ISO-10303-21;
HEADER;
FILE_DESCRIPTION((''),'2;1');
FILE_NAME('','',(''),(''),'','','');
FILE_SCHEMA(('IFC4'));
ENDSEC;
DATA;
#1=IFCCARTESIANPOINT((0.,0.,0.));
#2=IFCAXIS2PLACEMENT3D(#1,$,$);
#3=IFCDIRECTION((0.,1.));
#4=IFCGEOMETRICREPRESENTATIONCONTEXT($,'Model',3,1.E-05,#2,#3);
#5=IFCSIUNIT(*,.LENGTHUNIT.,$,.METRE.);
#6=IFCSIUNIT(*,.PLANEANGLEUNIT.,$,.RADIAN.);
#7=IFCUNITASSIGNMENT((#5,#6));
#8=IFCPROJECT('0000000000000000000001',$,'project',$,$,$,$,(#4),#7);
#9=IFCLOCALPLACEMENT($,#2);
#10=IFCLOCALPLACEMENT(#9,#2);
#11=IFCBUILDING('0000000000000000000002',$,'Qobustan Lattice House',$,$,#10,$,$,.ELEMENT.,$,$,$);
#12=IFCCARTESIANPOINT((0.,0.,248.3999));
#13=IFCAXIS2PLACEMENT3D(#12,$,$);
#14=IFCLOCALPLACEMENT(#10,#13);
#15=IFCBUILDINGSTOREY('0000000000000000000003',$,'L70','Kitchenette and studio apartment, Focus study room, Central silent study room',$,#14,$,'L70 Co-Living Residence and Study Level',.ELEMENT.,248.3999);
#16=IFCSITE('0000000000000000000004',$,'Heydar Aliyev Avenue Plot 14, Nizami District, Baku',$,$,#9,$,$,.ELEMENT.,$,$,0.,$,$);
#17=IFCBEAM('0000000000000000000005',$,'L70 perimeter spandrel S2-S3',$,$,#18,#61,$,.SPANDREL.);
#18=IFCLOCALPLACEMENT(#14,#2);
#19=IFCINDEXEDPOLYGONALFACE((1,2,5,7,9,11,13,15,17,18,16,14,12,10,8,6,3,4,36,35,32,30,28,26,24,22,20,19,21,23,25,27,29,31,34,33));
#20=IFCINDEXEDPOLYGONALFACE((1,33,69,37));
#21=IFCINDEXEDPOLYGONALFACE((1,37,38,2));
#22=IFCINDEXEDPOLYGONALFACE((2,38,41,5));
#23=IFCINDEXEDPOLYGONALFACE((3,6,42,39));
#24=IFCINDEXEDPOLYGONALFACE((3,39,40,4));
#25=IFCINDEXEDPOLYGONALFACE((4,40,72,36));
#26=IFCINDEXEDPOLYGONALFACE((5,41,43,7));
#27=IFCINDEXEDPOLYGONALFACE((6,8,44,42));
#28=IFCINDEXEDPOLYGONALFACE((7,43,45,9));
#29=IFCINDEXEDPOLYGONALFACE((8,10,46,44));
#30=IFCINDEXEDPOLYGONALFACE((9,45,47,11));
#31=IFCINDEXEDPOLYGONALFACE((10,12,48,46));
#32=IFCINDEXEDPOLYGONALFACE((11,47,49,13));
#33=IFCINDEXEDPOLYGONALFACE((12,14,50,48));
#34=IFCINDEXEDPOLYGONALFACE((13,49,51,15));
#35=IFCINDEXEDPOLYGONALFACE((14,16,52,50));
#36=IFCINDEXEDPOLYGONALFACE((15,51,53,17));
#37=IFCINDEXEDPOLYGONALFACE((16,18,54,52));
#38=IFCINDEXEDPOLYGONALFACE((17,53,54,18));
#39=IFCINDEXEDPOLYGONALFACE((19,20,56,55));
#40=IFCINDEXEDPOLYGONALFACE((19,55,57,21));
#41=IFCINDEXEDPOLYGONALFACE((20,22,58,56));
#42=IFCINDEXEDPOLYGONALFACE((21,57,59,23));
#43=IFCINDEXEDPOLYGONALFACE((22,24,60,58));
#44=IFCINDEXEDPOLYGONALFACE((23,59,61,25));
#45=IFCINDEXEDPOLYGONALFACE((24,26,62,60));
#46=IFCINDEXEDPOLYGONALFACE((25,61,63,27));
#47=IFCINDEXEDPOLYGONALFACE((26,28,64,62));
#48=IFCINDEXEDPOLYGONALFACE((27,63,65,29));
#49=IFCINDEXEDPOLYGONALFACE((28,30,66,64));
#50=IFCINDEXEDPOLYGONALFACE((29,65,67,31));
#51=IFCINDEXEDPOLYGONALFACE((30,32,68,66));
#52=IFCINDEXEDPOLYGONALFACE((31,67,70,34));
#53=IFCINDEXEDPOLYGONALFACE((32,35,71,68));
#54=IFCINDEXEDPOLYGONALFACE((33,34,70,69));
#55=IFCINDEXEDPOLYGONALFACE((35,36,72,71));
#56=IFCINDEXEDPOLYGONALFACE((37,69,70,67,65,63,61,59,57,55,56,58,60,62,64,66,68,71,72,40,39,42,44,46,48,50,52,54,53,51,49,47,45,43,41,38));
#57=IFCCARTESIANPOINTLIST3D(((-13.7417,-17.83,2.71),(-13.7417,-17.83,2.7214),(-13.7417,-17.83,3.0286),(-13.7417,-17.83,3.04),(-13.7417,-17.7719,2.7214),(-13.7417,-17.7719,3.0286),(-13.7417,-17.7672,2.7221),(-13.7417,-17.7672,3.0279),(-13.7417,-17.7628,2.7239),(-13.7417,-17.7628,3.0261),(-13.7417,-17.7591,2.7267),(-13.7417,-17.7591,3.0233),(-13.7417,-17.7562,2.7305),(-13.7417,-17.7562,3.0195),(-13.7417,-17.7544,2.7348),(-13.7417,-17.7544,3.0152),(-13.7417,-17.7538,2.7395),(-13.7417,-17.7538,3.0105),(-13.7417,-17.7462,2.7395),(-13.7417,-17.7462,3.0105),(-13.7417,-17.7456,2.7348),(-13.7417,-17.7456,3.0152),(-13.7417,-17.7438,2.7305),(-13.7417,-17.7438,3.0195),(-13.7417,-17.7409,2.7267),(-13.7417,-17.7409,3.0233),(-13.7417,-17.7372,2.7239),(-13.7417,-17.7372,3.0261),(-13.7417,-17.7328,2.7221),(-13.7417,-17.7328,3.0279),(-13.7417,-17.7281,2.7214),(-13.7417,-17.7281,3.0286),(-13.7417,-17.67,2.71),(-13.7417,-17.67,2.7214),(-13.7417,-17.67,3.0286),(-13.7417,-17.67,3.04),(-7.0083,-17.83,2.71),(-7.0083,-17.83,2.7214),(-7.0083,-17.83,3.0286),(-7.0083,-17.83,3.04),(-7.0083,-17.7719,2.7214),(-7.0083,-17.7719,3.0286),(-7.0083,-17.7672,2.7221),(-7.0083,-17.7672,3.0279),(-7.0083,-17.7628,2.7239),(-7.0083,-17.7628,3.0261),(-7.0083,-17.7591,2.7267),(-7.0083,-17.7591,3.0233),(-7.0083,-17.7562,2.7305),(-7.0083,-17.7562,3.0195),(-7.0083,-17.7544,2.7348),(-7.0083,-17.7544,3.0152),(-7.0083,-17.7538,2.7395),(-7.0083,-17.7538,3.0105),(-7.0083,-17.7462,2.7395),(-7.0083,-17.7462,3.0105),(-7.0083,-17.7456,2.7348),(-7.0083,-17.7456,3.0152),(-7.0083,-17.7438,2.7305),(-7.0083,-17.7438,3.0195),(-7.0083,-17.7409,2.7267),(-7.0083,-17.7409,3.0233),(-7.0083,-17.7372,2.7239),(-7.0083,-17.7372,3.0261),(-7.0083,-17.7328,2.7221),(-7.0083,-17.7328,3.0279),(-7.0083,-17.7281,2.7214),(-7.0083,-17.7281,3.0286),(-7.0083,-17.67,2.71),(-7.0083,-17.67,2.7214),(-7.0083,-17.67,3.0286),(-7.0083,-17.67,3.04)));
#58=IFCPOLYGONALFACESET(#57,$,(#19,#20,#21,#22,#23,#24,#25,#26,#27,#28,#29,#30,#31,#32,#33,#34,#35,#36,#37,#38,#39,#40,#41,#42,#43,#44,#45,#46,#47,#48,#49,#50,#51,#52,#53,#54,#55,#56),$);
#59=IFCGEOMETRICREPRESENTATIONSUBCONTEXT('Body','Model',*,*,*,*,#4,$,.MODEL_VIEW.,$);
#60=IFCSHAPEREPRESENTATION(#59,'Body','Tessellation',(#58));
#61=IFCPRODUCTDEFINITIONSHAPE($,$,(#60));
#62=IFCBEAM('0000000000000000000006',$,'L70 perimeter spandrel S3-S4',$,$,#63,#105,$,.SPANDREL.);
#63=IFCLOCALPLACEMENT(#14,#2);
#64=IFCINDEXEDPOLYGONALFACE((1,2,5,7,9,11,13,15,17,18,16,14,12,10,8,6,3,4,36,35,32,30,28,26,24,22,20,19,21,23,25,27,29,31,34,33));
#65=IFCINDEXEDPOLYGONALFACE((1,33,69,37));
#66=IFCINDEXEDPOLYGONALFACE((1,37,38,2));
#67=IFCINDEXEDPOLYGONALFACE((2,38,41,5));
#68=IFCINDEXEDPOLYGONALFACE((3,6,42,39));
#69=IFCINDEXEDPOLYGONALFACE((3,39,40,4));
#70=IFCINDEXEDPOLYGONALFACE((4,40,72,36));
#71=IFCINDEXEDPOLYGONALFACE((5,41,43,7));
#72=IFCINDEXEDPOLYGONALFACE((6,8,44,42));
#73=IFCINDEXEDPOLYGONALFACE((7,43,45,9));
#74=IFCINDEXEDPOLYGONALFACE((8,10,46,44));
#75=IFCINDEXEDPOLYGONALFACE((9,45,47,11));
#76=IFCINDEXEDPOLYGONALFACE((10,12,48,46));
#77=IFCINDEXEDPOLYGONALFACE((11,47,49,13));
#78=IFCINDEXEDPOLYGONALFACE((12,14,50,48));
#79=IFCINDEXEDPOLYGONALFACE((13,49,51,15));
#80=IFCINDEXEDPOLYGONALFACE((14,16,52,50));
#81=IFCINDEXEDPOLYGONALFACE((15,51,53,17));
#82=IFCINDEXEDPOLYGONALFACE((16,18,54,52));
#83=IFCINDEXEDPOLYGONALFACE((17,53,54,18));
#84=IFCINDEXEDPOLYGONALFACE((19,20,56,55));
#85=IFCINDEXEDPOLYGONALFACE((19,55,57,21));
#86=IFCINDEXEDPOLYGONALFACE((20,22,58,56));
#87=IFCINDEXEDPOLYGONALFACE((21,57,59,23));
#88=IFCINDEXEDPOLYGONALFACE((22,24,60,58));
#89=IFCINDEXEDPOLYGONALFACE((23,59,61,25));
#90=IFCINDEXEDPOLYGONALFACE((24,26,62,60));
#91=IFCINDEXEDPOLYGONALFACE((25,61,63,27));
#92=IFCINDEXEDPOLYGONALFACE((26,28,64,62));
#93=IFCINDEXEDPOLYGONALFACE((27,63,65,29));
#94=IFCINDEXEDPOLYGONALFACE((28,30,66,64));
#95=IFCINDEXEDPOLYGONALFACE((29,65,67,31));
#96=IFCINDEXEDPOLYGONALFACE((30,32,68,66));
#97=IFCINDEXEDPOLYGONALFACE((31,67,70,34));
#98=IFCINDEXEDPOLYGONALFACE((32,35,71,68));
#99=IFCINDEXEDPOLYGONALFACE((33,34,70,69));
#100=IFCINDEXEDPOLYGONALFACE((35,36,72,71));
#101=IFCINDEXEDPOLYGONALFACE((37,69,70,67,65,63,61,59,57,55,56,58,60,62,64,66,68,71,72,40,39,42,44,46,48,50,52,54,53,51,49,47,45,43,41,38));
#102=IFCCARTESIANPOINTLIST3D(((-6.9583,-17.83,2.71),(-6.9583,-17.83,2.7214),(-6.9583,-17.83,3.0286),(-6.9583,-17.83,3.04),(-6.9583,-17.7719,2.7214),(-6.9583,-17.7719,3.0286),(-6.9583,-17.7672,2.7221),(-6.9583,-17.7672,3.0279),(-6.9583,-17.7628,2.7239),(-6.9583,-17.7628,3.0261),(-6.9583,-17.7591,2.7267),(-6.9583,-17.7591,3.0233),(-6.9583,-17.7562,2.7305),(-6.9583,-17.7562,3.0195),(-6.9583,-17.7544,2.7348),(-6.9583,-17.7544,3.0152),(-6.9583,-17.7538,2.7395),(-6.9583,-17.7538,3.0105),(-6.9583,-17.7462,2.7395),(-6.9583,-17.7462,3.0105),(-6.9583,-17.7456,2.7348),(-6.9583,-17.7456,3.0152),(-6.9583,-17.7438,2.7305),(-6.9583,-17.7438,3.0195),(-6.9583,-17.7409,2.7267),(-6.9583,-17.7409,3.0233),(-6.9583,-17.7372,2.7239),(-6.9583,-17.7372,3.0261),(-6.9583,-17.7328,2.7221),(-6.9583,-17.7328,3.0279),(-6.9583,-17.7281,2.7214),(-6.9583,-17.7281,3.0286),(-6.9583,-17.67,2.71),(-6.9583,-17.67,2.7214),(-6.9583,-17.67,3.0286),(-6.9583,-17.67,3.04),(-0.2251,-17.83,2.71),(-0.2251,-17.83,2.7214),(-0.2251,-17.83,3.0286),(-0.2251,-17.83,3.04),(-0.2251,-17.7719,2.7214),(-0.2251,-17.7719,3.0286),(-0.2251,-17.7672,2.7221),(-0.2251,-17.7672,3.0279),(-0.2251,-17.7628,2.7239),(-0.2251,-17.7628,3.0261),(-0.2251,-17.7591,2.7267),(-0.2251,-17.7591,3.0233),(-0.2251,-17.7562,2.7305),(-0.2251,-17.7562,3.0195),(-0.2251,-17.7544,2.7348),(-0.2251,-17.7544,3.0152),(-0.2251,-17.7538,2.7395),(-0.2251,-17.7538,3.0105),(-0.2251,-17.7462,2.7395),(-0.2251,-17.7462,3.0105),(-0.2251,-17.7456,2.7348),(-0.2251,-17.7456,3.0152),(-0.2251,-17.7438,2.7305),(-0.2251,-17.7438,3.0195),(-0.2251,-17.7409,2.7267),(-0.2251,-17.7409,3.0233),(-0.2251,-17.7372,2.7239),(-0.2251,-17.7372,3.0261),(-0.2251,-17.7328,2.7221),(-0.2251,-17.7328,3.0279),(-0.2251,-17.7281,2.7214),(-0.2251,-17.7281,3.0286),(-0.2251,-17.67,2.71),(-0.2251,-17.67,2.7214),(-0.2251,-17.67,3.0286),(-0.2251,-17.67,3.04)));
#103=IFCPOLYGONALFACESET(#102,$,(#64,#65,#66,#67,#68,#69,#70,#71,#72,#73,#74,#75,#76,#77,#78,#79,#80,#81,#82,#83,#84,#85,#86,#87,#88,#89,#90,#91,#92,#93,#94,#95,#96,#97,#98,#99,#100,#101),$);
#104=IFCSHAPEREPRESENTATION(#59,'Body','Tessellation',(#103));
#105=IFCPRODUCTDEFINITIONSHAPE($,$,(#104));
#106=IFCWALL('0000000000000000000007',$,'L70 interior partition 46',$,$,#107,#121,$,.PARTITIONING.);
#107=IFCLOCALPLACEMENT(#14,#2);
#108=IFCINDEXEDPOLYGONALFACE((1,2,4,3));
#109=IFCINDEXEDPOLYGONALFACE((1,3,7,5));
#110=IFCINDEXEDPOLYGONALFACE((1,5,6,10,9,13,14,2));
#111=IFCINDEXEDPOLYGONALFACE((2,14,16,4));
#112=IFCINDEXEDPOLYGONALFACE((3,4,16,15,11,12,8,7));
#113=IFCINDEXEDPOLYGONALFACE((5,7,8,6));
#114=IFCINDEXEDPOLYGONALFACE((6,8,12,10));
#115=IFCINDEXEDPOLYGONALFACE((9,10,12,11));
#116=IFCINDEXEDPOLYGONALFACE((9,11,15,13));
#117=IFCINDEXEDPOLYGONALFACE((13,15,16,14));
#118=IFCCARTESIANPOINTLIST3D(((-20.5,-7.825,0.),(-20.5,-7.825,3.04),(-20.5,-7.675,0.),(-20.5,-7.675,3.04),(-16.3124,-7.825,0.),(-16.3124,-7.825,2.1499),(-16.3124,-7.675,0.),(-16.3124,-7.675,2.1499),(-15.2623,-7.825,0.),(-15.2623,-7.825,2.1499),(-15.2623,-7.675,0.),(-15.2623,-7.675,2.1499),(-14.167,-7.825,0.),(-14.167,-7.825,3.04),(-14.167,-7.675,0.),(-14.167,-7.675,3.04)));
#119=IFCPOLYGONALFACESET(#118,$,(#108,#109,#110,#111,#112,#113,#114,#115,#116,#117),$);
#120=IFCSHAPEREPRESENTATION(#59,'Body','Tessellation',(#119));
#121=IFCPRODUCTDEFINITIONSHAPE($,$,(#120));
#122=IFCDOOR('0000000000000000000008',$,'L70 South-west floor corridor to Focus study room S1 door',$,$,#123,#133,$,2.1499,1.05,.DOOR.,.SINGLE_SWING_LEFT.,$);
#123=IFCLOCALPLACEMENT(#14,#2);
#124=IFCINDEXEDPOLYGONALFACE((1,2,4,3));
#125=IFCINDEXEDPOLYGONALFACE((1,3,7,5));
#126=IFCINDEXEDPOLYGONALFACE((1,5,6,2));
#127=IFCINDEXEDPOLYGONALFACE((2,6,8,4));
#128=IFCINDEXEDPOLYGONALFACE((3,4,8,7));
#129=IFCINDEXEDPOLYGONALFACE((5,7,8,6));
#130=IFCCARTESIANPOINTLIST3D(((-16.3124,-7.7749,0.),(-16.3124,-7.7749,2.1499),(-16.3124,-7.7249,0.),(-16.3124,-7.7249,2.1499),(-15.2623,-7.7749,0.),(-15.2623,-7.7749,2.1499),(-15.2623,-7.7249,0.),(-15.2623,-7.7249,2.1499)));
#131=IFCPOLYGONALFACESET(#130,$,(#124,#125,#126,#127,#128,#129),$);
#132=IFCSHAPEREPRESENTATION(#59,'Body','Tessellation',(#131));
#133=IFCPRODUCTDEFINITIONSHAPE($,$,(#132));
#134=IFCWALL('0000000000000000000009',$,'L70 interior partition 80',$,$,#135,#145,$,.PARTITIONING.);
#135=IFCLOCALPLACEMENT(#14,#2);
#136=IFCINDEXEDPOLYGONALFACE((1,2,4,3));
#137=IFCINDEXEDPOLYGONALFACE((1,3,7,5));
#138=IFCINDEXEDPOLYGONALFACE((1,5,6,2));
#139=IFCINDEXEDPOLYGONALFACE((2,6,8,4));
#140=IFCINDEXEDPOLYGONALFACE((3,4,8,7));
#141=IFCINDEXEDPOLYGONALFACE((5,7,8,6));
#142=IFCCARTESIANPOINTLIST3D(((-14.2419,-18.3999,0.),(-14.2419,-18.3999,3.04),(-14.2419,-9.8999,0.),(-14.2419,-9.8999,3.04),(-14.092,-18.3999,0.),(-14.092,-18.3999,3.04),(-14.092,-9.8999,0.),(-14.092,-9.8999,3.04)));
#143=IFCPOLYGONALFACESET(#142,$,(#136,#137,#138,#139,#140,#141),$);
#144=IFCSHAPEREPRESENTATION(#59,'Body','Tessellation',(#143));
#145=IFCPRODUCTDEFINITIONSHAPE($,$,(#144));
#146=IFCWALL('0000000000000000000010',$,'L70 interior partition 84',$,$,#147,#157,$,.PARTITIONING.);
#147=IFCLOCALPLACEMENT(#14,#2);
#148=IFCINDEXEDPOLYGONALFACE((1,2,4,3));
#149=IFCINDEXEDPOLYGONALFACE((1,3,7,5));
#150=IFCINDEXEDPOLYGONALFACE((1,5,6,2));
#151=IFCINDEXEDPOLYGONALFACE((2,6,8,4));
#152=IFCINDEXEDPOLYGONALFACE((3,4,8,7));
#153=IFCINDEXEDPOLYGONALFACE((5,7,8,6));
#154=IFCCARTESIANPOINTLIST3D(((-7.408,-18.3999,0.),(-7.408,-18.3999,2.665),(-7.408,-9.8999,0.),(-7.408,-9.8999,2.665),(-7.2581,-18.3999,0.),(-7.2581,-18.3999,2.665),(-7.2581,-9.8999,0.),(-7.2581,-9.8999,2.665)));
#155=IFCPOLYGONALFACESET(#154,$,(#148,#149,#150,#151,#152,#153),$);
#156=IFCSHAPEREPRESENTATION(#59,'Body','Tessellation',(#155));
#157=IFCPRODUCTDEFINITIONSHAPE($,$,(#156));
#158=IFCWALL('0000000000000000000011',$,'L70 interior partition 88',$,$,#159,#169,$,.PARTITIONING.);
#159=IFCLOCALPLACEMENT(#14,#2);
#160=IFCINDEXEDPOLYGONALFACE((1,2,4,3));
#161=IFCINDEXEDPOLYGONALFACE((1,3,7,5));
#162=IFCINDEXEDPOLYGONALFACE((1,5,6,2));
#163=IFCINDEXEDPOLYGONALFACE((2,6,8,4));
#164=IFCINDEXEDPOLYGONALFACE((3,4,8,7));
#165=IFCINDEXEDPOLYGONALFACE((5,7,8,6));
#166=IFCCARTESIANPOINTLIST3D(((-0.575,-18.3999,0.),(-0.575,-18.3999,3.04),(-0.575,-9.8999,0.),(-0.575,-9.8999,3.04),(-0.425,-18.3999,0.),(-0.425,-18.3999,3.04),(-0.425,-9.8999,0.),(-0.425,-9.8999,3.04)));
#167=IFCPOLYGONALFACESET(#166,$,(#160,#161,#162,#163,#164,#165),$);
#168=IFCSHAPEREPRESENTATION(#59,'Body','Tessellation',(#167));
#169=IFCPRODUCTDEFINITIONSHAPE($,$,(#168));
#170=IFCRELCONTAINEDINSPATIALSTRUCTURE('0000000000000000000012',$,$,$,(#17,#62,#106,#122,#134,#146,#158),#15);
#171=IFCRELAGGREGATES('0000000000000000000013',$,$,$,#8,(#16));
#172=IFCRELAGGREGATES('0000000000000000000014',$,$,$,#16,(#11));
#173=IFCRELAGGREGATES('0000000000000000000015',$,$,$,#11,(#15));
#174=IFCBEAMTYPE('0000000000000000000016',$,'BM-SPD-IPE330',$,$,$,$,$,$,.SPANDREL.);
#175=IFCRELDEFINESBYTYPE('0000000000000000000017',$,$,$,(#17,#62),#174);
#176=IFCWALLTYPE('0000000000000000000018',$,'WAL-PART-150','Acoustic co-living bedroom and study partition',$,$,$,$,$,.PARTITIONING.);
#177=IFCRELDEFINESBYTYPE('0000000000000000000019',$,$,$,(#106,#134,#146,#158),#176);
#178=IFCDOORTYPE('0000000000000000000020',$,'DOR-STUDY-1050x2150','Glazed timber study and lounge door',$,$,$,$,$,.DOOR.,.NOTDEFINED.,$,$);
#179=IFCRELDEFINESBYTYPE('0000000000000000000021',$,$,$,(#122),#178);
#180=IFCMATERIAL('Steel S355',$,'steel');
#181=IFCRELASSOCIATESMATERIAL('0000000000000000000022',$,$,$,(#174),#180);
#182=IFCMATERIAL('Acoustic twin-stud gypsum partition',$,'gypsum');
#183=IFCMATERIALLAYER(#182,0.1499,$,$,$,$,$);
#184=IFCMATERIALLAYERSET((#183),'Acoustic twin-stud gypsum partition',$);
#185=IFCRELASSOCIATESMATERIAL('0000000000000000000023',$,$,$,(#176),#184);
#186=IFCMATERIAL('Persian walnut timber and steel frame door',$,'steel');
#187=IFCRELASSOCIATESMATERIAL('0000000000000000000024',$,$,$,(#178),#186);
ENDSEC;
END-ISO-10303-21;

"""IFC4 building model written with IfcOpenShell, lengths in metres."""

from ifc_helpers import new_model, si_unit, direction, frame, frame_2d, origin, origin_2d, place, context, subcontext, project, spatial, rectangle, i_section, extrude, material, layer, layer_set, material_profile, profile_set, type_object, element, fill, save


model = new_model("IFC4")

# Units and contexts
model_context = context("Model", 3, precision=1e-05, world=origin(), true_north=direction((0.0, 1.0)))
body_context = subcontext(model_context, "Body", "Model", "MODEL_VIEW")
ifc_project = project(units=[si_unit("LENGTHUNIT", "METRE"), si_unit("PLANEANGLEUNIT", "RADIAN")], contexts=[model_context])

# Site, building, storey
site_placement = place(None, origin())
site = spatial("IfcSite", under=ifc_project, at=site_placement, Name="Heydar Aliyev Avenue Plot 14, Nizami District, Baku", CompositionType="ELEMENT", RefElevation=0.0)
building_placement = place(site_placement, origin())
building = spatial("IfcBuilding", under=site, at=building_placement, Name="Qobustan Lattice House", CompositionType="ELEMENT")
storey_placement = place(building_placement, frame((0.0, 0.0, 248.3999)))
storey = spatial("IfcBuildingStorey", under=building, at=storey_placement, Name="L70", Description="Kitchenette and studio apartment, Focus study room, Central silent study room", LongName="L70 Co-Living Residence and Study Level", CompositionType="ELEMENT", Elevation=248.3999)

# Beams
ifc_material_1 = material(Name="Steel S355", Category="steel")
ifc_material_profile_1 = material_profile(ifc_material_1, i_section(OverallWidth=0.1599, OverallDepth=0.3301, WebThickness=0.0076, FlangeThickness=0.0115, FilletRadius=0.0181, at=origin_2d()), Name="IPE330")
ifc_profile_set_1 = profile_set([ifc_material_profile_1], Name="Steel S355")
beam_type_1 = type_object("IfcBeamType", Name="BM-SPD-IPE330", PredefinedType="SPANDREL", material=ifc_profile_set_1)
beam_1_placement = place(storey_placement, frame((-13.7417, -17.75, 2.875), z_axis=(1.0, 0.0, 0.0), x_axis=(0.0, 1.0, 0.0)))
element("IfcBeam", 1, at=beam_1_placement, inside=storey, type_object=beam_type_1, Name="L70 perimeter spandrel S2-S3", PredefinedType="SPANDREL", context=body_context, shape_type="SweptSolid", body=[
    extrude(i_section(OverallWidth=0.1599, OverallDepth=0.3301, WebThickness=0.0076, FlangeThickness=0.0115, FilletRadius=0.0181, at=origin_2d()), origin(), (0.0, 0.0, 1.0), 6.7334),
])
beam_2_placement = place(storey_placement, frame((-6.9583, -17.75, 2.875), z_axis=(1.0, 0.0, 0.0), x_axis=(0.0, 1.0, 0.0)))
element("IfcBeam", 2, at=beam_2_placement, inside=storey, type_object=beam_type_1, Name="L70 perimeter spandrel S3-S4", PredefinedType="SPANDREL", context=body_context, shape_type="SweptSolid", body=[
    extrude(i_section(OverallWidth=0.1599, OverallDepth=0.3301, WebThickness=0.0076, FlangeThickness=0.0115, FilletRadius=0.0181, at=origin_2d()), origin(), (0.0, 0.0, 1.0), 6.7332),
])

# Wall, opening, door
ifc_material_2 = material(Name="Acoustic twin-stud gypsum partition", Category="gypsum")
ifc_layer_1 = layer(ifc_material_2, 0.1499)
ifc_layer_set_1 = layer_set([ifc_layer_1], Name="Acoustic twin-stud gypsum partition")
wall_type_1 = type_object("IfcWallType", Name="WAL-PART-150", Description="Acoustic co-living bedroom and study partition", PredefinedType="PARTITIONING", material=ifc_layer_set_1)
wall_1_placement = place(storey_placement, frame((-14.167, -7.75, 0.0), z_axis=(0.0, 0.0, 1.0), x_axis=(-1.0, 0.0, 0.0)))
wall_1 = element("IfcWall", 3, at=wall_1_placement, inside=storey, type_object=wall_type_1, Name="L70 interior partition 46", PredefinedType="PARTITIONING", context=body_context, shape_type="SweptSolid", body=[
    extrude(rectangle(XDim=6.333, YDim=0.1499, at=frame_2d((3.1665, 0.0))), origin(), (0.0, 0.0, 1.0), 3.04),
])
opening_1_placement = place(wall_1_placement, frame((1.0955, 0.0, 0.0)))
opening_1 = element("IfcOpeningElement", 4, at=opening_1_placement, cuts=wall_1, PredefinedType="OPENING", context=body_context, shape_type="SweptSolid", body=[
    extrude(rectangle(XDim=1.05, YDim=2.1499, at=frame_2d((0.5249, 1.075))), frame((0.0, 0.085, 0.0), z_axis=(0.0, -1.0, 0.0), x_axis=(1.0, 0.0, 0.0)), (0.0, 0.0, 1.0), 0.1699),
])
ifc_material_3 = material(Name="Persian walnut timber and steel frame door", Category="steel")
door_type_1 = type_object("IfcDoorType", Name="DOR-STUDY-1050x2150", Description="Glazed timber study and lounge door", OperationType="NOTDEFINED", PredefinedType="DOOR", material=ifc_material_3)
door_1_placement = place(opening_1_placement, origin())
door_1 = element("IfcDoor", 5, at=door_1_placement, inside=storey, type_object=door_type_1, Name="L70 South-west floor corridor to Focus study room S1 door", OperationType="SINGLE_SWING_LEFT", OverallHeight=2.1499, OverallWidth=1.05, PredefinedType="DOOR", context=body_context, shape_type="SweptSolid", body=[
    extrude(rectangle(XDim=1.05, YDim=2.1499, at=frame_2d((0.5249, 1.075))), frame((0.0, 0.0249, 0.0), z_axis=(0.0, -1.0, 0.0), x_axis=(1.0, 0.0, 0.0)), (0.0, 0.0, 1.0), 0.05),
])
fill(opening_1, door_1)

# Walls
wall_2_placement = place(storey_placement, frame((-14.167, -9.8999, 0.0), z_axis=(0.0, 0.0, 1.0), x_axis=(0.0, -1.0, 0.0)))
element("IfcWall", 6, at=wall_2_placement, inside=storey, type_object=wall_type_1, Name="L70 interior partition 80", PredefinedType="PARTITIONING", context=body_context, shape_type="SweptSolid", body=[
    extrude(rectangle(XDim=8.5, YDim=0.1499, at=frame_2d((4.25, 0.0))), origin(), (0.0, 0.0, 1.0), 3.04),
])
wall_3_placement = place(storey_placement, frame((-7.333, -9.8999, 0.0), z_axis=(0.0, 0.0, 1.0), x_axis=(0.0, -1.0, 0.0)))
element("IfcWall", 7, at=wall_3_placement, inside=storey, type_object=wall_type_1, Name="L70 interior partition 84", PredefinedType="PARTITIONING", context=body_context, shape_type="SweptSolid", body=[
    extrude(rectangle(XDim=8.5, YDim=0.1499, at=frame_2d((4.25, 0.0))), origin(), (0.0, 0.0, 1.0), 2.665),
])
wall_4_placement = place(storey_placement, frame((-0.5, -9.8999, 0.0), z_axis=(0.0, 0.0, 1.0), x_axis=(0.0, -1.0, 0.0)))
element("IfcWall", 8, at=wall_4_placement, inside=storey, type_object=wall_type_1, Name="L70 interior partition 88", PredefinedType="PARTITIONING", context=body_context, shape_type="SweptSolid", body=[
    extrude(rectangle(XDim=8.5, YDim=0.1499, at=frame_2d((4.25, 0.0))), origin(), (0.0, 0.0, 1.0), 3.04),
])

save(model, "model.ifc")
